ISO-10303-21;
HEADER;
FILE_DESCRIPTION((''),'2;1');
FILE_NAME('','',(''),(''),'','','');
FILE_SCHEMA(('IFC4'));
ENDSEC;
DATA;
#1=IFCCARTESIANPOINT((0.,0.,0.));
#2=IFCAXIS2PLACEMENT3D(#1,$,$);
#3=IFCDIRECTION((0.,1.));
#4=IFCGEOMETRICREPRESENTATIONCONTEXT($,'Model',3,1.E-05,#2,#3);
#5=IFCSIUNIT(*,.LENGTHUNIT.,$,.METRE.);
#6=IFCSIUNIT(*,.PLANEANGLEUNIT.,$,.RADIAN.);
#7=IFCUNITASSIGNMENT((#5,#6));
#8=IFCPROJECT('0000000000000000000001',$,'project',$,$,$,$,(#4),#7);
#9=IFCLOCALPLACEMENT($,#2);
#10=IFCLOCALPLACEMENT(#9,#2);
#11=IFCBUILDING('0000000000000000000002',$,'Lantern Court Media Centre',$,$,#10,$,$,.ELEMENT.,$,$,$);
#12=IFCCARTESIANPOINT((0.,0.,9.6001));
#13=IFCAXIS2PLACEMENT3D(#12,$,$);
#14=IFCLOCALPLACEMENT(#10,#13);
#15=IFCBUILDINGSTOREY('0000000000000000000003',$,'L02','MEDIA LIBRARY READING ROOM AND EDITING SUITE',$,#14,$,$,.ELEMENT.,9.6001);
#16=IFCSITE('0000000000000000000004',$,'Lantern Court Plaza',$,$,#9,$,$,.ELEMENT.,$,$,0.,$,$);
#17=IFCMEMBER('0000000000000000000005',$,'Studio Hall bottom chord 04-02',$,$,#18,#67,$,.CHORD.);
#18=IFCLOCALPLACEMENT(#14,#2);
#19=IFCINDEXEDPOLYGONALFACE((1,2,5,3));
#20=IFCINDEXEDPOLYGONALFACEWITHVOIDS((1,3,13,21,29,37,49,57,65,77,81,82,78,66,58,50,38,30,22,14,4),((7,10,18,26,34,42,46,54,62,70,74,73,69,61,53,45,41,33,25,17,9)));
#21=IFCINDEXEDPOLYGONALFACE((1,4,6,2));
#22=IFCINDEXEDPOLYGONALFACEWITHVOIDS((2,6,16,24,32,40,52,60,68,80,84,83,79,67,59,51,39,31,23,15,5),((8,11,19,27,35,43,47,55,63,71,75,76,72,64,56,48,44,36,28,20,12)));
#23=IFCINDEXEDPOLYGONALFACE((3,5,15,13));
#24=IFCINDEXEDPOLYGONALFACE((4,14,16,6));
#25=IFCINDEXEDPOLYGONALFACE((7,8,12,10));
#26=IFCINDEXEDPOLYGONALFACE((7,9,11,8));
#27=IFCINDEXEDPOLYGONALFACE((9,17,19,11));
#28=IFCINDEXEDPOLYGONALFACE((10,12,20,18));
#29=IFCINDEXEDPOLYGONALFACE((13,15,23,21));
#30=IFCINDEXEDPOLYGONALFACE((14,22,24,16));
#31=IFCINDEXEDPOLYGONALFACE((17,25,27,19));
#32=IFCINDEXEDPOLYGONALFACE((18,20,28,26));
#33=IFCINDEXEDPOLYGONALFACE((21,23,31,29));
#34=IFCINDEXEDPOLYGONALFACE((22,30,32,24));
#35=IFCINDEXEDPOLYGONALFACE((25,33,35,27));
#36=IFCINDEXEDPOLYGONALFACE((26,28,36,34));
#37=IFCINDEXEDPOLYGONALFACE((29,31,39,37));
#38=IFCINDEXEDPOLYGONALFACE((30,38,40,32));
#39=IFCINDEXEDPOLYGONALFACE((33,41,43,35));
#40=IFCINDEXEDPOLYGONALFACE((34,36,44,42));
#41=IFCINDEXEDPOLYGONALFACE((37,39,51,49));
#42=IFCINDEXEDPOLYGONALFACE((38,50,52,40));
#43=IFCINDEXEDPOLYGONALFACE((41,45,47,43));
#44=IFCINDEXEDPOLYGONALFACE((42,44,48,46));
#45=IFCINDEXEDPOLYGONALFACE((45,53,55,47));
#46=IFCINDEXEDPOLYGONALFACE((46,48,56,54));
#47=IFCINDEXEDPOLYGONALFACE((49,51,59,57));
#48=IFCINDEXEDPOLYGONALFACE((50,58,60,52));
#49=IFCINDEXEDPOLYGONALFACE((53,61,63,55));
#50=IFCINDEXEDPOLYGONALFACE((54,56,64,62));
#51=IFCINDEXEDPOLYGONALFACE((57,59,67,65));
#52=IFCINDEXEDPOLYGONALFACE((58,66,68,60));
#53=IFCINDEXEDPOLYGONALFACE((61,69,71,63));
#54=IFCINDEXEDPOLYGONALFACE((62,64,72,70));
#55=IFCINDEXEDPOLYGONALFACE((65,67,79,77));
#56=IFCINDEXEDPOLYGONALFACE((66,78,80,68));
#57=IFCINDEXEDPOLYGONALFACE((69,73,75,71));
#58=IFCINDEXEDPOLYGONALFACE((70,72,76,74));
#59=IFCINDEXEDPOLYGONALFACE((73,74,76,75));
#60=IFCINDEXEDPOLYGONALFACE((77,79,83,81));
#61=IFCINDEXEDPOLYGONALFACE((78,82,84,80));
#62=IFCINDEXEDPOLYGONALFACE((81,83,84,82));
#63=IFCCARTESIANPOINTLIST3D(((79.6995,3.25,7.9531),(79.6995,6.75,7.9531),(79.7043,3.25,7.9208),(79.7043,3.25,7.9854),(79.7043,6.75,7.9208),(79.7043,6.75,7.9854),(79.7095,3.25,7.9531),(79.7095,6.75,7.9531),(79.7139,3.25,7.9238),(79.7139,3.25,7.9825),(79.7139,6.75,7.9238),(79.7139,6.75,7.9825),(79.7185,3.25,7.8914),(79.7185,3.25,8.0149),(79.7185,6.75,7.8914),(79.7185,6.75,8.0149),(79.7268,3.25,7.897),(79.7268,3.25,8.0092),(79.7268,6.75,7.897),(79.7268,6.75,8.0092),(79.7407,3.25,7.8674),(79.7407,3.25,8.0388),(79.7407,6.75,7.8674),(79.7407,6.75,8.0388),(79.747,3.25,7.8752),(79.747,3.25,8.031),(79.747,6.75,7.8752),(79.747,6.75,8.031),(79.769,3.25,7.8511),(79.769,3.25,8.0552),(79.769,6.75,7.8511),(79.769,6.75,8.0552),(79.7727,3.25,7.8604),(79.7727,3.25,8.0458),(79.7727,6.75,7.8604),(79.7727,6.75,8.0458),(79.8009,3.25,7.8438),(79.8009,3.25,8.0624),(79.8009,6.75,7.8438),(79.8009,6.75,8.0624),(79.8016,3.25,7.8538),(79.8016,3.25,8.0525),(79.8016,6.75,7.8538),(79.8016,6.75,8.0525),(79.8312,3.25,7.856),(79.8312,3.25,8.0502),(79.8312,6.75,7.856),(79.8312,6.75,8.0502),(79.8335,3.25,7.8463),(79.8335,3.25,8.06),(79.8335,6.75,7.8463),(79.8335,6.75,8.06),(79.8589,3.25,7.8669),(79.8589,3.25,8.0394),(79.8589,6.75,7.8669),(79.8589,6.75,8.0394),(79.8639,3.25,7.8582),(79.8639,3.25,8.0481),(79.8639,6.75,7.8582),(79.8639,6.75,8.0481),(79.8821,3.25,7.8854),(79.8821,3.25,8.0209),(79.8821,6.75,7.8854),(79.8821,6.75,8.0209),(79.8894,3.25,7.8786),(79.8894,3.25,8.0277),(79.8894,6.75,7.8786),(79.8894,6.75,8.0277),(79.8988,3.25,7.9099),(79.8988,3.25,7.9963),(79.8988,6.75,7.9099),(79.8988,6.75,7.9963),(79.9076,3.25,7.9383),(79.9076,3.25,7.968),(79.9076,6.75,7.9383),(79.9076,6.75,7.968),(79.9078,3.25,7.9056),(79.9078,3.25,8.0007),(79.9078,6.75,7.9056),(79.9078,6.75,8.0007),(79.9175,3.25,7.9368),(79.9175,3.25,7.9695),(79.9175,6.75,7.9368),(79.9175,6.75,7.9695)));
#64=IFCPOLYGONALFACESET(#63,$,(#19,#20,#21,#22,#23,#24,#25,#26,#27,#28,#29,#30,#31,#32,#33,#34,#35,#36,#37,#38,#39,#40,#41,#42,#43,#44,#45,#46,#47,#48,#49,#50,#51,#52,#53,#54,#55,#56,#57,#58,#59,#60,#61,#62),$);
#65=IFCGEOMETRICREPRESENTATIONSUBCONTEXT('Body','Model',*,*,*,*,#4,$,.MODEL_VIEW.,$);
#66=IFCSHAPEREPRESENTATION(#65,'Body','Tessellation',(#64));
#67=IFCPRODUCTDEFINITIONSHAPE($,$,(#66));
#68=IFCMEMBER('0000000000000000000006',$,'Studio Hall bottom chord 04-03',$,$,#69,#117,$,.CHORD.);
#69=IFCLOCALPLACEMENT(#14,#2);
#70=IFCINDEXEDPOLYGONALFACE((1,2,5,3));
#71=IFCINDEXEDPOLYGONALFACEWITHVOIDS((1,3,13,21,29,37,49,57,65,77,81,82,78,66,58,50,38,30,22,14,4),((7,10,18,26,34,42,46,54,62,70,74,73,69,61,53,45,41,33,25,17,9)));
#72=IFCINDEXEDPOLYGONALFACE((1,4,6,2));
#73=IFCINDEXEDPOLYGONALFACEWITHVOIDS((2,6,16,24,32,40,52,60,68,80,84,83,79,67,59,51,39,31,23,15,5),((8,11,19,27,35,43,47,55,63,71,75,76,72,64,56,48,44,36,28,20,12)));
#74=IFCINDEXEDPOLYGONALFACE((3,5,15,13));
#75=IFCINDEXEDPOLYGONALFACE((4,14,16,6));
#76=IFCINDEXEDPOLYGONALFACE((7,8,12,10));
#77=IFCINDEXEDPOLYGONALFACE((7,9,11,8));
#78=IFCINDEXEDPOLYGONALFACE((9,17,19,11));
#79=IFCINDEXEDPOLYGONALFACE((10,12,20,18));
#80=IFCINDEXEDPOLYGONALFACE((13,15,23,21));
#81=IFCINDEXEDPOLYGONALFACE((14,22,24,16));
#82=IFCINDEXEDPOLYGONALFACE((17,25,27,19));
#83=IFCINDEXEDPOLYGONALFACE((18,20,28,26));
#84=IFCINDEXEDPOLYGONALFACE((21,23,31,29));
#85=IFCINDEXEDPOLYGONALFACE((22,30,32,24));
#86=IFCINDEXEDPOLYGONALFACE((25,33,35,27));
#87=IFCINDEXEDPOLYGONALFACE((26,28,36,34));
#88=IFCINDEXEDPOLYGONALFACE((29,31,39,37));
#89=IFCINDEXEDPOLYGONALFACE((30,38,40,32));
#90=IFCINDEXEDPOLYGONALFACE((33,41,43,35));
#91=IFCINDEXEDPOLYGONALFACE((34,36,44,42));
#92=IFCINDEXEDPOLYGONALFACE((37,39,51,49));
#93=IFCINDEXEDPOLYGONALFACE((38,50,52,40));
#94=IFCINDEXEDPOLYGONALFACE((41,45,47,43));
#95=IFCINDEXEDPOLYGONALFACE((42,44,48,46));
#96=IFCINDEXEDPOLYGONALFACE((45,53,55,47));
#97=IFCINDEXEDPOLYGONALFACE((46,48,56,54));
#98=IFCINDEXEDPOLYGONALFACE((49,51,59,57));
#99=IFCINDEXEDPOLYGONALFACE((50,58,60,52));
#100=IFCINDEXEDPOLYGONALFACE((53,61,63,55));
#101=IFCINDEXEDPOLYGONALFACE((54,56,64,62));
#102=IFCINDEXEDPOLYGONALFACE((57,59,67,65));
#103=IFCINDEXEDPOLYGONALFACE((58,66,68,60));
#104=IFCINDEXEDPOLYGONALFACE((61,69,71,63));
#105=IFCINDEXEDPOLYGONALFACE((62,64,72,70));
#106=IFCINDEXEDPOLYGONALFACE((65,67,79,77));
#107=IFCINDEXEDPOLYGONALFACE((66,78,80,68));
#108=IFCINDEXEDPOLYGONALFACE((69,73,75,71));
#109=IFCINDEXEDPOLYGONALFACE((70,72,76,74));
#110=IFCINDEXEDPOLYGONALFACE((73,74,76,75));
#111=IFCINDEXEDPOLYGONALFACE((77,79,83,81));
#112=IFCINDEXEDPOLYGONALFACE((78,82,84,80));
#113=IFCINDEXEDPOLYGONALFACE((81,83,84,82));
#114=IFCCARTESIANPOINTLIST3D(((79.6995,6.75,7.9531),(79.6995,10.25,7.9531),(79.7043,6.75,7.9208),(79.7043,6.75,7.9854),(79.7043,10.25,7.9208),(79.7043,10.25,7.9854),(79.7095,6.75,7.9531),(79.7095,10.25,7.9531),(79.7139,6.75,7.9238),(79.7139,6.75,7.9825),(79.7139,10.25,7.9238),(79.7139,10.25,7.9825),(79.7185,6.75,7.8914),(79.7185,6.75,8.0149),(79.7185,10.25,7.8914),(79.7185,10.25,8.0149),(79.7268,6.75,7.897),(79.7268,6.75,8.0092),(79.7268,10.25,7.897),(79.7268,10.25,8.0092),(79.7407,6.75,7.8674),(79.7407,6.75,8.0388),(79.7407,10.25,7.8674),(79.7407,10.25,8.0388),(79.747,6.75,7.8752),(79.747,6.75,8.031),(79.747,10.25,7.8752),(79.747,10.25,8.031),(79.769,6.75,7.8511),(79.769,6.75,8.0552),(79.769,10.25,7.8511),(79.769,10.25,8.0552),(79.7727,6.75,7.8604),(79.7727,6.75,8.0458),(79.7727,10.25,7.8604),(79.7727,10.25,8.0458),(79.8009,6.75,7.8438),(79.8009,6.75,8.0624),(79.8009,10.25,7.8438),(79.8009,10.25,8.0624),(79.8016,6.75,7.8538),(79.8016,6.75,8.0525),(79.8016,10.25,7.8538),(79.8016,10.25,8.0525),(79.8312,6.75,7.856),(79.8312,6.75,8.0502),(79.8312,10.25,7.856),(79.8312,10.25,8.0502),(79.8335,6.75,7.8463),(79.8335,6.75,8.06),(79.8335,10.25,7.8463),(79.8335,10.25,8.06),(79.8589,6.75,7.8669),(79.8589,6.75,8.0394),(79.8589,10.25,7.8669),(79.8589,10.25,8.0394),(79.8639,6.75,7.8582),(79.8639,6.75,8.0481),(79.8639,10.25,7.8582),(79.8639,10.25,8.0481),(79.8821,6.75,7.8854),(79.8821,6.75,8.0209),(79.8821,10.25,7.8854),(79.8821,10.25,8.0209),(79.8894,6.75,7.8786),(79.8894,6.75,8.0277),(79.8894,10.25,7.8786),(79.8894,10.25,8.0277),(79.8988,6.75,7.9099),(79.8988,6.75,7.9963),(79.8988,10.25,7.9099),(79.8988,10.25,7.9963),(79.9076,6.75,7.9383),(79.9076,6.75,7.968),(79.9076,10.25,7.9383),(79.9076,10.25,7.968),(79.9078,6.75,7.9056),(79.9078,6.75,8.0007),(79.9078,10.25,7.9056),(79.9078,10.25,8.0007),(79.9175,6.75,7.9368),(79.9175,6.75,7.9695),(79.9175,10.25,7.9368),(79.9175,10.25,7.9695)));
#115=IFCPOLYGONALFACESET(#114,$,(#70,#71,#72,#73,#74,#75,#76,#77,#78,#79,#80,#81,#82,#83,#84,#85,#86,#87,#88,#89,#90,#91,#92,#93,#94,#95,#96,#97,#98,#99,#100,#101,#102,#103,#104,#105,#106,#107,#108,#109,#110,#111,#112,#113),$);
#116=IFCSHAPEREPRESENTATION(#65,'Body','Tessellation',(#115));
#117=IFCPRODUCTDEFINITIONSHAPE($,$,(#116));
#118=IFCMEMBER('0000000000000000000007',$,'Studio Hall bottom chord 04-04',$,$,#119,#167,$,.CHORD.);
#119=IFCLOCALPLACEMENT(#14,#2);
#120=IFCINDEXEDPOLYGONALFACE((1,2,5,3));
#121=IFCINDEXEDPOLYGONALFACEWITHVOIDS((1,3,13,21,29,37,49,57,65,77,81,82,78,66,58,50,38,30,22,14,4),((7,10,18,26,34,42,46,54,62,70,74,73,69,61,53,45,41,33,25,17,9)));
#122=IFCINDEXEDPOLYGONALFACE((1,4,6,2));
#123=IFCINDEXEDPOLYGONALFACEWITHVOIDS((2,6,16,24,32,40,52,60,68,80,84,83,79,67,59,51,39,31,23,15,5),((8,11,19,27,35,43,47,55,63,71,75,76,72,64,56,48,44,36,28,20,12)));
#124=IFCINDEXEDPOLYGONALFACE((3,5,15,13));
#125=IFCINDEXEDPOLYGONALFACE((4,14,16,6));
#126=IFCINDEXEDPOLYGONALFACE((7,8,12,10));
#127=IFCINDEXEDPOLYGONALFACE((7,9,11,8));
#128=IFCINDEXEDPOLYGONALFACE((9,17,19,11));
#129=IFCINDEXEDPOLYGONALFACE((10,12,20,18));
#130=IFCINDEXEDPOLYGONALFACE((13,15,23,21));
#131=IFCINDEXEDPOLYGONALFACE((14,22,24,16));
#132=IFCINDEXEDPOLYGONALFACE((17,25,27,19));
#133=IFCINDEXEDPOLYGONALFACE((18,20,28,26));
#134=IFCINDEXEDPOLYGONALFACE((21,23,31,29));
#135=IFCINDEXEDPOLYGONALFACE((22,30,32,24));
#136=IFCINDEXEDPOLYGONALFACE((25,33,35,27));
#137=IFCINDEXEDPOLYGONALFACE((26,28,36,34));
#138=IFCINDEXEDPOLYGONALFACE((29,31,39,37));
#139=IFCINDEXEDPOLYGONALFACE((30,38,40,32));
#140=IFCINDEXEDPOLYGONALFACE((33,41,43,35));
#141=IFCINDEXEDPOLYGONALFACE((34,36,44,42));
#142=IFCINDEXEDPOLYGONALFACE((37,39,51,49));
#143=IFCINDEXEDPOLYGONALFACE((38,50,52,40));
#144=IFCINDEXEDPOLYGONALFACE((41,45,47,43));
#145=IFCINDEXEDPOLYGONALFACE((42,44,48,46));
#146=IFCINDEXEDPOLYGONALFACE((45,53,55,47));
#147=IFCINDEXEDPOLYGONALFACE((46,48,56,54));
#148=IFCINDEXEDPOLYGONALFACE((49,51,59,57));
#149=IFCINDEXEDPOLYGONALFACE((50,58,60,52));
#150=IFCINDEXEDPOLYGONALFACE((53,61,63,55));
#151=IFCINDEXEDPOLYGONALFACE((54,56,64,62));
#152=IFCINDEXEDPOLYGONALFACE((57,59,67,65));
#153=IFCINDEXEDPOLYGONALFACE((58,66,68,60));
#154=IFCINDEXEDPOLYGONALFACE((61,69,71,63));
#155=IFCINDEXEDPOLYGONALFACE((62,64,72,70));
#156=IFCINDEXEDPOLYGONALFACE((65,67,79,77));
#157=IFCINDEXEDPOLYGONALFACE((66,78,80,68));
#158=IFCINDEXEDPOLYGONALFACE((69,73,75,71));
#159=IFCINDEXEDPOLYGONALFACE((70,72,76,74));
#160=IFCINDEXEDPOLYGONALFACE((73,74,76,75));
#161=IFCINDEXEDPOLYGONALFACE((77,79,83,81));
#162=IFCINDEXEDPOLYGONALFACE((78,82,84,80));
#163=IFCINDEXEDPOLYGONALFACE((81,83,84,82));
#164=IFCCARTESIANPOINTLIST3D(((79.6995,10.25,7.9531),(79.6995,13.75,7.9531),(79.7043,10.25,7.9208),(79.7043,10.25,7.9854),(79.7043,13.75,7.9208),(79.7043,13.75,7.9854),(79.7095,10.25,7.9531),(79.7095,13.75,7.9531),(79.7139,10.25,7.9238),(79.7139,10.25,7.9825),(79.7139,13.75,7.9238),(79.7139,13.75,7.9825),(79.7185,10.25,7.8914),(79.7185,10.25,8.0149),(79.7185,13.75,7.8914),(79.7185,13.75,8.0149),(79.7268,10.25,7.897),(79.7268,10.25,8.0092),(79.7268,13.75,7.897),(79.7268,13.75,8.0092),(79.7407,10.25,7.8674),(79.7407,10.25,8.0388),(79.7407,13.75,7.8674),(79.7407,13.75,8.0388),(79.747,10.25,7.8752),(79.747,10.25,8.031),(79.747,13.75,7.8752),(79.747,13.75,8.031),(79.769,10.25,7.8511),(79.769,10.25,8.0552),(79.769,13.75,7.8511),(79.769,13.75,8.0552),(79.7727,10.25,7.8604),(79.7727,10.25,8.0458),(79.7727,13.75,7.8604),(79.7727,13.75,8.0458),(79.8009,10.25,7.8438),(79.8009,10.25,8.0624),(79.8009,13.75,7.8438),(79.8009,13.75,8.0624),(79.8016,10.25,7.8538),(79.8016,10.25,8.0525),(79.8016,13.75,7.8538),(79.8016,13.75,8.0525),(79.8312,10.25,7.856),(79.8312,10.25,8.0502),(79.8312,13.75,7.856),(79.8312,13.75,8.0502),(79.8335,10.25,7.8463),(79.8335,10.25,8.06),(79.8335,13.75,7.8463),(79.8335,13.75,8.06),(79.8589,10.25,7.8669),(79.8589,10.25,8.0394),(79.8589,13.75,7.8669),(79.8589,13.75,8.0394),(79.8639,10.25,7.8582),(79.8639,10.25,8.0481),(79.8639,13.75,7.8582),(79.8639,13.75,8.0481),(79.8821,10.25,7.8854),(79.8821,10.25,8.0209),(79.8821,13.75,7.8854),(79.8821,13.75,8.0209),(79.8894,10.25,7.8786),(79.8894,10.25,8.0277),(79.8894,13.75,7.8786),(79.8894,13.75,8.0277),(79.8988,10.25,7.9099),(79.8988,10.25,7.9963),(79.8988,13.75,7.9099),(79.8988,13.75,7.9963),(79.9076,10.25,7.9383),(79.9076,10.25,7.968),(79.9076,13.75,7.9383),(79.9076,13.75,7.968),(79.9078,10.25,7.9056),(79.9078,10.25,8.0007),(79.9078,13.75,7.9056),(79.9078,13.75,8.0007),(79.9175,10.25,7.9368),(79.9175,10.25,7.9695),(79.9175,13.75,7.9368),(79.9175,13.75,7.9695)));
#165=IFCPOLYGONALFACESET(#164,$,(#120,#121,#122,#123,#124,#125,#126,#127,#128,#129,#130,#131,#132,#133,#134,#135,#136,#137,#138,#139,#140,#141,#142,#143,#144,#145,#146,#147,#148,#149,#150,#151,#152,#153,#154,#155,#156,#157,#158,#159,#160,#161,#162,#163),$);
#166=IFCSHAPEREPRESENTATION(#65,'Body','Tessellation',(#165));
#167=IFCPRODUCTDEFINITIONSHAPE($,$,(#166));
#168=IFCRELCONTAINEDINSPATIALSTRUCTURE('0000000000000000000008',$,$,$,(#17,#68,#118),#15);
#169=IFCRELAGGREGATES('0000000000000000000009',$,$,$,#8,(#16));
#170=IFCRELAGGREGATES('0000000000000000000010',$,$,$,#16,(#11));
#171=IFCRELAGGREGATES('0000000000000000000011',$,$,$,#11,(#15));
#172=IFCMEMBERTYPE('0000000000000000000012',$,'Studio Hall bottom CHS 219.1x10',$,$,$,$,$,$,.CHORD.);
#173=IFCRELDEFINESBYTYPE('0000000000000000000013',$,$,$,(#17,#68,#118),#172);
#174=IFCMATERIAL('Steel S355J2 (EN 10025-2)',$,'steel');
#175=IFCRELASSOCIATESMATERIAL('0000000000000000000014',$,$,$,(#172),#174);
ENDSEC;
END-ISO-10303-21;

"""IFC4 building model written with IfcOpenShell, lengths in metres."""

from ifc_helpers import new_model, si_unit, direction, frame, origin, origin_2d, place, context, subcontext, project, spatial, hollow_circle, extrude, material, material_profile, profile_set, type_object, element, save


model = new_model("IFC4")

# Units and contexts
model_context = context("Model", 3, precision=1e-05, world=origin(), true_north=direction((0.0, 1.0)))
body_context = subcontext(model_context, "Body", "Model", "MODEL_VIEW")
ifc_project = project(units=[si_unit("LENGTHUNIT", "METRE"), si_unit("PLANEANGLEUNIT", "RADIAN")], contexts=[model_context])

# Site, building, storey
site_placement = place(None, origin())
site = spatial("IfcSite", under=ifc_project, at=site_placement, Name="Lantern Court Plaza", CompositionType="ELEMENT", RefElevation=0.0)
building_placement = place(site_placement, origin())
building = spatial("IfcBuilding", under=site, at=building_placement, Name="Lantern Court Media Centre", CompositionType="ELEMENT")
storey_placement = place(building_placement, frame((0.0, 0.0, 9.6001)))
storey = spatial("IfcBuildingStorey", under=building, at=storey_placement, Name="L02", Description="MEDIA LIBRARY READING ROOM AND EDITING SUITE", CompositionType="ELEMENT", Elevation=9.6001)

# Members
ifc_material = material(Name="Steel S355J2 (EN 10025-2)", Category="steel")
ifc_material_profile_1 = material_profile(ifc_material, hollow_circle(Radius=0.1096, WallThickness=0.01, at=origin_2d()), Name="Studio Hall bottom CHS 219.1x10")
ifc_profile_set_1 = profile_set([ifc_material_profile_1], Name="Steel S355J2 (EN 10025-2)")
member_type_1 = type_object("IfcMemberType", Name="Studio Hall bottom CHS 219.1x10", PredefinedType="CHORD", material=ifc_profile_set_1)
for number, where, z_axis, x_axis, name in (
    (1, (79.8091, 3.25, 7.9531), (0.0, 1.0, 0.0), (-1.0, 0.0, 0.0), "Studio Hall bottom chord 04-02"),
    (2, (79.8091, 6.75, 7.9531), (0.0, 1.0, 0.0), (-1.0, 0.0, 0.0), "Studio Hall bottom chord 04-03"),
    (3, (79.8091, 10.25, 7.9531), (0.0, 1.0, 0.0), (-1.0, 0.0, 0.0), "Studio Hall bottom chord 04-04"),
):
    element("IfcMember", number, at=place(storey_placement, frame(where, z_axis=z_axis, x_axis=x_axis)), inside=storey, type_object=member_type_1, Name=name, PredefinedType="CHORD", context=body_context, shape_type="SweptSolid", body=[
        extrude(hollow_circle(Radius=0.1096, WallThickness=0.01, at=origin_2d()), origin(), (0.0, 0.0, 1.0), 3.5),
    ])

save(model, "model.ifc")
